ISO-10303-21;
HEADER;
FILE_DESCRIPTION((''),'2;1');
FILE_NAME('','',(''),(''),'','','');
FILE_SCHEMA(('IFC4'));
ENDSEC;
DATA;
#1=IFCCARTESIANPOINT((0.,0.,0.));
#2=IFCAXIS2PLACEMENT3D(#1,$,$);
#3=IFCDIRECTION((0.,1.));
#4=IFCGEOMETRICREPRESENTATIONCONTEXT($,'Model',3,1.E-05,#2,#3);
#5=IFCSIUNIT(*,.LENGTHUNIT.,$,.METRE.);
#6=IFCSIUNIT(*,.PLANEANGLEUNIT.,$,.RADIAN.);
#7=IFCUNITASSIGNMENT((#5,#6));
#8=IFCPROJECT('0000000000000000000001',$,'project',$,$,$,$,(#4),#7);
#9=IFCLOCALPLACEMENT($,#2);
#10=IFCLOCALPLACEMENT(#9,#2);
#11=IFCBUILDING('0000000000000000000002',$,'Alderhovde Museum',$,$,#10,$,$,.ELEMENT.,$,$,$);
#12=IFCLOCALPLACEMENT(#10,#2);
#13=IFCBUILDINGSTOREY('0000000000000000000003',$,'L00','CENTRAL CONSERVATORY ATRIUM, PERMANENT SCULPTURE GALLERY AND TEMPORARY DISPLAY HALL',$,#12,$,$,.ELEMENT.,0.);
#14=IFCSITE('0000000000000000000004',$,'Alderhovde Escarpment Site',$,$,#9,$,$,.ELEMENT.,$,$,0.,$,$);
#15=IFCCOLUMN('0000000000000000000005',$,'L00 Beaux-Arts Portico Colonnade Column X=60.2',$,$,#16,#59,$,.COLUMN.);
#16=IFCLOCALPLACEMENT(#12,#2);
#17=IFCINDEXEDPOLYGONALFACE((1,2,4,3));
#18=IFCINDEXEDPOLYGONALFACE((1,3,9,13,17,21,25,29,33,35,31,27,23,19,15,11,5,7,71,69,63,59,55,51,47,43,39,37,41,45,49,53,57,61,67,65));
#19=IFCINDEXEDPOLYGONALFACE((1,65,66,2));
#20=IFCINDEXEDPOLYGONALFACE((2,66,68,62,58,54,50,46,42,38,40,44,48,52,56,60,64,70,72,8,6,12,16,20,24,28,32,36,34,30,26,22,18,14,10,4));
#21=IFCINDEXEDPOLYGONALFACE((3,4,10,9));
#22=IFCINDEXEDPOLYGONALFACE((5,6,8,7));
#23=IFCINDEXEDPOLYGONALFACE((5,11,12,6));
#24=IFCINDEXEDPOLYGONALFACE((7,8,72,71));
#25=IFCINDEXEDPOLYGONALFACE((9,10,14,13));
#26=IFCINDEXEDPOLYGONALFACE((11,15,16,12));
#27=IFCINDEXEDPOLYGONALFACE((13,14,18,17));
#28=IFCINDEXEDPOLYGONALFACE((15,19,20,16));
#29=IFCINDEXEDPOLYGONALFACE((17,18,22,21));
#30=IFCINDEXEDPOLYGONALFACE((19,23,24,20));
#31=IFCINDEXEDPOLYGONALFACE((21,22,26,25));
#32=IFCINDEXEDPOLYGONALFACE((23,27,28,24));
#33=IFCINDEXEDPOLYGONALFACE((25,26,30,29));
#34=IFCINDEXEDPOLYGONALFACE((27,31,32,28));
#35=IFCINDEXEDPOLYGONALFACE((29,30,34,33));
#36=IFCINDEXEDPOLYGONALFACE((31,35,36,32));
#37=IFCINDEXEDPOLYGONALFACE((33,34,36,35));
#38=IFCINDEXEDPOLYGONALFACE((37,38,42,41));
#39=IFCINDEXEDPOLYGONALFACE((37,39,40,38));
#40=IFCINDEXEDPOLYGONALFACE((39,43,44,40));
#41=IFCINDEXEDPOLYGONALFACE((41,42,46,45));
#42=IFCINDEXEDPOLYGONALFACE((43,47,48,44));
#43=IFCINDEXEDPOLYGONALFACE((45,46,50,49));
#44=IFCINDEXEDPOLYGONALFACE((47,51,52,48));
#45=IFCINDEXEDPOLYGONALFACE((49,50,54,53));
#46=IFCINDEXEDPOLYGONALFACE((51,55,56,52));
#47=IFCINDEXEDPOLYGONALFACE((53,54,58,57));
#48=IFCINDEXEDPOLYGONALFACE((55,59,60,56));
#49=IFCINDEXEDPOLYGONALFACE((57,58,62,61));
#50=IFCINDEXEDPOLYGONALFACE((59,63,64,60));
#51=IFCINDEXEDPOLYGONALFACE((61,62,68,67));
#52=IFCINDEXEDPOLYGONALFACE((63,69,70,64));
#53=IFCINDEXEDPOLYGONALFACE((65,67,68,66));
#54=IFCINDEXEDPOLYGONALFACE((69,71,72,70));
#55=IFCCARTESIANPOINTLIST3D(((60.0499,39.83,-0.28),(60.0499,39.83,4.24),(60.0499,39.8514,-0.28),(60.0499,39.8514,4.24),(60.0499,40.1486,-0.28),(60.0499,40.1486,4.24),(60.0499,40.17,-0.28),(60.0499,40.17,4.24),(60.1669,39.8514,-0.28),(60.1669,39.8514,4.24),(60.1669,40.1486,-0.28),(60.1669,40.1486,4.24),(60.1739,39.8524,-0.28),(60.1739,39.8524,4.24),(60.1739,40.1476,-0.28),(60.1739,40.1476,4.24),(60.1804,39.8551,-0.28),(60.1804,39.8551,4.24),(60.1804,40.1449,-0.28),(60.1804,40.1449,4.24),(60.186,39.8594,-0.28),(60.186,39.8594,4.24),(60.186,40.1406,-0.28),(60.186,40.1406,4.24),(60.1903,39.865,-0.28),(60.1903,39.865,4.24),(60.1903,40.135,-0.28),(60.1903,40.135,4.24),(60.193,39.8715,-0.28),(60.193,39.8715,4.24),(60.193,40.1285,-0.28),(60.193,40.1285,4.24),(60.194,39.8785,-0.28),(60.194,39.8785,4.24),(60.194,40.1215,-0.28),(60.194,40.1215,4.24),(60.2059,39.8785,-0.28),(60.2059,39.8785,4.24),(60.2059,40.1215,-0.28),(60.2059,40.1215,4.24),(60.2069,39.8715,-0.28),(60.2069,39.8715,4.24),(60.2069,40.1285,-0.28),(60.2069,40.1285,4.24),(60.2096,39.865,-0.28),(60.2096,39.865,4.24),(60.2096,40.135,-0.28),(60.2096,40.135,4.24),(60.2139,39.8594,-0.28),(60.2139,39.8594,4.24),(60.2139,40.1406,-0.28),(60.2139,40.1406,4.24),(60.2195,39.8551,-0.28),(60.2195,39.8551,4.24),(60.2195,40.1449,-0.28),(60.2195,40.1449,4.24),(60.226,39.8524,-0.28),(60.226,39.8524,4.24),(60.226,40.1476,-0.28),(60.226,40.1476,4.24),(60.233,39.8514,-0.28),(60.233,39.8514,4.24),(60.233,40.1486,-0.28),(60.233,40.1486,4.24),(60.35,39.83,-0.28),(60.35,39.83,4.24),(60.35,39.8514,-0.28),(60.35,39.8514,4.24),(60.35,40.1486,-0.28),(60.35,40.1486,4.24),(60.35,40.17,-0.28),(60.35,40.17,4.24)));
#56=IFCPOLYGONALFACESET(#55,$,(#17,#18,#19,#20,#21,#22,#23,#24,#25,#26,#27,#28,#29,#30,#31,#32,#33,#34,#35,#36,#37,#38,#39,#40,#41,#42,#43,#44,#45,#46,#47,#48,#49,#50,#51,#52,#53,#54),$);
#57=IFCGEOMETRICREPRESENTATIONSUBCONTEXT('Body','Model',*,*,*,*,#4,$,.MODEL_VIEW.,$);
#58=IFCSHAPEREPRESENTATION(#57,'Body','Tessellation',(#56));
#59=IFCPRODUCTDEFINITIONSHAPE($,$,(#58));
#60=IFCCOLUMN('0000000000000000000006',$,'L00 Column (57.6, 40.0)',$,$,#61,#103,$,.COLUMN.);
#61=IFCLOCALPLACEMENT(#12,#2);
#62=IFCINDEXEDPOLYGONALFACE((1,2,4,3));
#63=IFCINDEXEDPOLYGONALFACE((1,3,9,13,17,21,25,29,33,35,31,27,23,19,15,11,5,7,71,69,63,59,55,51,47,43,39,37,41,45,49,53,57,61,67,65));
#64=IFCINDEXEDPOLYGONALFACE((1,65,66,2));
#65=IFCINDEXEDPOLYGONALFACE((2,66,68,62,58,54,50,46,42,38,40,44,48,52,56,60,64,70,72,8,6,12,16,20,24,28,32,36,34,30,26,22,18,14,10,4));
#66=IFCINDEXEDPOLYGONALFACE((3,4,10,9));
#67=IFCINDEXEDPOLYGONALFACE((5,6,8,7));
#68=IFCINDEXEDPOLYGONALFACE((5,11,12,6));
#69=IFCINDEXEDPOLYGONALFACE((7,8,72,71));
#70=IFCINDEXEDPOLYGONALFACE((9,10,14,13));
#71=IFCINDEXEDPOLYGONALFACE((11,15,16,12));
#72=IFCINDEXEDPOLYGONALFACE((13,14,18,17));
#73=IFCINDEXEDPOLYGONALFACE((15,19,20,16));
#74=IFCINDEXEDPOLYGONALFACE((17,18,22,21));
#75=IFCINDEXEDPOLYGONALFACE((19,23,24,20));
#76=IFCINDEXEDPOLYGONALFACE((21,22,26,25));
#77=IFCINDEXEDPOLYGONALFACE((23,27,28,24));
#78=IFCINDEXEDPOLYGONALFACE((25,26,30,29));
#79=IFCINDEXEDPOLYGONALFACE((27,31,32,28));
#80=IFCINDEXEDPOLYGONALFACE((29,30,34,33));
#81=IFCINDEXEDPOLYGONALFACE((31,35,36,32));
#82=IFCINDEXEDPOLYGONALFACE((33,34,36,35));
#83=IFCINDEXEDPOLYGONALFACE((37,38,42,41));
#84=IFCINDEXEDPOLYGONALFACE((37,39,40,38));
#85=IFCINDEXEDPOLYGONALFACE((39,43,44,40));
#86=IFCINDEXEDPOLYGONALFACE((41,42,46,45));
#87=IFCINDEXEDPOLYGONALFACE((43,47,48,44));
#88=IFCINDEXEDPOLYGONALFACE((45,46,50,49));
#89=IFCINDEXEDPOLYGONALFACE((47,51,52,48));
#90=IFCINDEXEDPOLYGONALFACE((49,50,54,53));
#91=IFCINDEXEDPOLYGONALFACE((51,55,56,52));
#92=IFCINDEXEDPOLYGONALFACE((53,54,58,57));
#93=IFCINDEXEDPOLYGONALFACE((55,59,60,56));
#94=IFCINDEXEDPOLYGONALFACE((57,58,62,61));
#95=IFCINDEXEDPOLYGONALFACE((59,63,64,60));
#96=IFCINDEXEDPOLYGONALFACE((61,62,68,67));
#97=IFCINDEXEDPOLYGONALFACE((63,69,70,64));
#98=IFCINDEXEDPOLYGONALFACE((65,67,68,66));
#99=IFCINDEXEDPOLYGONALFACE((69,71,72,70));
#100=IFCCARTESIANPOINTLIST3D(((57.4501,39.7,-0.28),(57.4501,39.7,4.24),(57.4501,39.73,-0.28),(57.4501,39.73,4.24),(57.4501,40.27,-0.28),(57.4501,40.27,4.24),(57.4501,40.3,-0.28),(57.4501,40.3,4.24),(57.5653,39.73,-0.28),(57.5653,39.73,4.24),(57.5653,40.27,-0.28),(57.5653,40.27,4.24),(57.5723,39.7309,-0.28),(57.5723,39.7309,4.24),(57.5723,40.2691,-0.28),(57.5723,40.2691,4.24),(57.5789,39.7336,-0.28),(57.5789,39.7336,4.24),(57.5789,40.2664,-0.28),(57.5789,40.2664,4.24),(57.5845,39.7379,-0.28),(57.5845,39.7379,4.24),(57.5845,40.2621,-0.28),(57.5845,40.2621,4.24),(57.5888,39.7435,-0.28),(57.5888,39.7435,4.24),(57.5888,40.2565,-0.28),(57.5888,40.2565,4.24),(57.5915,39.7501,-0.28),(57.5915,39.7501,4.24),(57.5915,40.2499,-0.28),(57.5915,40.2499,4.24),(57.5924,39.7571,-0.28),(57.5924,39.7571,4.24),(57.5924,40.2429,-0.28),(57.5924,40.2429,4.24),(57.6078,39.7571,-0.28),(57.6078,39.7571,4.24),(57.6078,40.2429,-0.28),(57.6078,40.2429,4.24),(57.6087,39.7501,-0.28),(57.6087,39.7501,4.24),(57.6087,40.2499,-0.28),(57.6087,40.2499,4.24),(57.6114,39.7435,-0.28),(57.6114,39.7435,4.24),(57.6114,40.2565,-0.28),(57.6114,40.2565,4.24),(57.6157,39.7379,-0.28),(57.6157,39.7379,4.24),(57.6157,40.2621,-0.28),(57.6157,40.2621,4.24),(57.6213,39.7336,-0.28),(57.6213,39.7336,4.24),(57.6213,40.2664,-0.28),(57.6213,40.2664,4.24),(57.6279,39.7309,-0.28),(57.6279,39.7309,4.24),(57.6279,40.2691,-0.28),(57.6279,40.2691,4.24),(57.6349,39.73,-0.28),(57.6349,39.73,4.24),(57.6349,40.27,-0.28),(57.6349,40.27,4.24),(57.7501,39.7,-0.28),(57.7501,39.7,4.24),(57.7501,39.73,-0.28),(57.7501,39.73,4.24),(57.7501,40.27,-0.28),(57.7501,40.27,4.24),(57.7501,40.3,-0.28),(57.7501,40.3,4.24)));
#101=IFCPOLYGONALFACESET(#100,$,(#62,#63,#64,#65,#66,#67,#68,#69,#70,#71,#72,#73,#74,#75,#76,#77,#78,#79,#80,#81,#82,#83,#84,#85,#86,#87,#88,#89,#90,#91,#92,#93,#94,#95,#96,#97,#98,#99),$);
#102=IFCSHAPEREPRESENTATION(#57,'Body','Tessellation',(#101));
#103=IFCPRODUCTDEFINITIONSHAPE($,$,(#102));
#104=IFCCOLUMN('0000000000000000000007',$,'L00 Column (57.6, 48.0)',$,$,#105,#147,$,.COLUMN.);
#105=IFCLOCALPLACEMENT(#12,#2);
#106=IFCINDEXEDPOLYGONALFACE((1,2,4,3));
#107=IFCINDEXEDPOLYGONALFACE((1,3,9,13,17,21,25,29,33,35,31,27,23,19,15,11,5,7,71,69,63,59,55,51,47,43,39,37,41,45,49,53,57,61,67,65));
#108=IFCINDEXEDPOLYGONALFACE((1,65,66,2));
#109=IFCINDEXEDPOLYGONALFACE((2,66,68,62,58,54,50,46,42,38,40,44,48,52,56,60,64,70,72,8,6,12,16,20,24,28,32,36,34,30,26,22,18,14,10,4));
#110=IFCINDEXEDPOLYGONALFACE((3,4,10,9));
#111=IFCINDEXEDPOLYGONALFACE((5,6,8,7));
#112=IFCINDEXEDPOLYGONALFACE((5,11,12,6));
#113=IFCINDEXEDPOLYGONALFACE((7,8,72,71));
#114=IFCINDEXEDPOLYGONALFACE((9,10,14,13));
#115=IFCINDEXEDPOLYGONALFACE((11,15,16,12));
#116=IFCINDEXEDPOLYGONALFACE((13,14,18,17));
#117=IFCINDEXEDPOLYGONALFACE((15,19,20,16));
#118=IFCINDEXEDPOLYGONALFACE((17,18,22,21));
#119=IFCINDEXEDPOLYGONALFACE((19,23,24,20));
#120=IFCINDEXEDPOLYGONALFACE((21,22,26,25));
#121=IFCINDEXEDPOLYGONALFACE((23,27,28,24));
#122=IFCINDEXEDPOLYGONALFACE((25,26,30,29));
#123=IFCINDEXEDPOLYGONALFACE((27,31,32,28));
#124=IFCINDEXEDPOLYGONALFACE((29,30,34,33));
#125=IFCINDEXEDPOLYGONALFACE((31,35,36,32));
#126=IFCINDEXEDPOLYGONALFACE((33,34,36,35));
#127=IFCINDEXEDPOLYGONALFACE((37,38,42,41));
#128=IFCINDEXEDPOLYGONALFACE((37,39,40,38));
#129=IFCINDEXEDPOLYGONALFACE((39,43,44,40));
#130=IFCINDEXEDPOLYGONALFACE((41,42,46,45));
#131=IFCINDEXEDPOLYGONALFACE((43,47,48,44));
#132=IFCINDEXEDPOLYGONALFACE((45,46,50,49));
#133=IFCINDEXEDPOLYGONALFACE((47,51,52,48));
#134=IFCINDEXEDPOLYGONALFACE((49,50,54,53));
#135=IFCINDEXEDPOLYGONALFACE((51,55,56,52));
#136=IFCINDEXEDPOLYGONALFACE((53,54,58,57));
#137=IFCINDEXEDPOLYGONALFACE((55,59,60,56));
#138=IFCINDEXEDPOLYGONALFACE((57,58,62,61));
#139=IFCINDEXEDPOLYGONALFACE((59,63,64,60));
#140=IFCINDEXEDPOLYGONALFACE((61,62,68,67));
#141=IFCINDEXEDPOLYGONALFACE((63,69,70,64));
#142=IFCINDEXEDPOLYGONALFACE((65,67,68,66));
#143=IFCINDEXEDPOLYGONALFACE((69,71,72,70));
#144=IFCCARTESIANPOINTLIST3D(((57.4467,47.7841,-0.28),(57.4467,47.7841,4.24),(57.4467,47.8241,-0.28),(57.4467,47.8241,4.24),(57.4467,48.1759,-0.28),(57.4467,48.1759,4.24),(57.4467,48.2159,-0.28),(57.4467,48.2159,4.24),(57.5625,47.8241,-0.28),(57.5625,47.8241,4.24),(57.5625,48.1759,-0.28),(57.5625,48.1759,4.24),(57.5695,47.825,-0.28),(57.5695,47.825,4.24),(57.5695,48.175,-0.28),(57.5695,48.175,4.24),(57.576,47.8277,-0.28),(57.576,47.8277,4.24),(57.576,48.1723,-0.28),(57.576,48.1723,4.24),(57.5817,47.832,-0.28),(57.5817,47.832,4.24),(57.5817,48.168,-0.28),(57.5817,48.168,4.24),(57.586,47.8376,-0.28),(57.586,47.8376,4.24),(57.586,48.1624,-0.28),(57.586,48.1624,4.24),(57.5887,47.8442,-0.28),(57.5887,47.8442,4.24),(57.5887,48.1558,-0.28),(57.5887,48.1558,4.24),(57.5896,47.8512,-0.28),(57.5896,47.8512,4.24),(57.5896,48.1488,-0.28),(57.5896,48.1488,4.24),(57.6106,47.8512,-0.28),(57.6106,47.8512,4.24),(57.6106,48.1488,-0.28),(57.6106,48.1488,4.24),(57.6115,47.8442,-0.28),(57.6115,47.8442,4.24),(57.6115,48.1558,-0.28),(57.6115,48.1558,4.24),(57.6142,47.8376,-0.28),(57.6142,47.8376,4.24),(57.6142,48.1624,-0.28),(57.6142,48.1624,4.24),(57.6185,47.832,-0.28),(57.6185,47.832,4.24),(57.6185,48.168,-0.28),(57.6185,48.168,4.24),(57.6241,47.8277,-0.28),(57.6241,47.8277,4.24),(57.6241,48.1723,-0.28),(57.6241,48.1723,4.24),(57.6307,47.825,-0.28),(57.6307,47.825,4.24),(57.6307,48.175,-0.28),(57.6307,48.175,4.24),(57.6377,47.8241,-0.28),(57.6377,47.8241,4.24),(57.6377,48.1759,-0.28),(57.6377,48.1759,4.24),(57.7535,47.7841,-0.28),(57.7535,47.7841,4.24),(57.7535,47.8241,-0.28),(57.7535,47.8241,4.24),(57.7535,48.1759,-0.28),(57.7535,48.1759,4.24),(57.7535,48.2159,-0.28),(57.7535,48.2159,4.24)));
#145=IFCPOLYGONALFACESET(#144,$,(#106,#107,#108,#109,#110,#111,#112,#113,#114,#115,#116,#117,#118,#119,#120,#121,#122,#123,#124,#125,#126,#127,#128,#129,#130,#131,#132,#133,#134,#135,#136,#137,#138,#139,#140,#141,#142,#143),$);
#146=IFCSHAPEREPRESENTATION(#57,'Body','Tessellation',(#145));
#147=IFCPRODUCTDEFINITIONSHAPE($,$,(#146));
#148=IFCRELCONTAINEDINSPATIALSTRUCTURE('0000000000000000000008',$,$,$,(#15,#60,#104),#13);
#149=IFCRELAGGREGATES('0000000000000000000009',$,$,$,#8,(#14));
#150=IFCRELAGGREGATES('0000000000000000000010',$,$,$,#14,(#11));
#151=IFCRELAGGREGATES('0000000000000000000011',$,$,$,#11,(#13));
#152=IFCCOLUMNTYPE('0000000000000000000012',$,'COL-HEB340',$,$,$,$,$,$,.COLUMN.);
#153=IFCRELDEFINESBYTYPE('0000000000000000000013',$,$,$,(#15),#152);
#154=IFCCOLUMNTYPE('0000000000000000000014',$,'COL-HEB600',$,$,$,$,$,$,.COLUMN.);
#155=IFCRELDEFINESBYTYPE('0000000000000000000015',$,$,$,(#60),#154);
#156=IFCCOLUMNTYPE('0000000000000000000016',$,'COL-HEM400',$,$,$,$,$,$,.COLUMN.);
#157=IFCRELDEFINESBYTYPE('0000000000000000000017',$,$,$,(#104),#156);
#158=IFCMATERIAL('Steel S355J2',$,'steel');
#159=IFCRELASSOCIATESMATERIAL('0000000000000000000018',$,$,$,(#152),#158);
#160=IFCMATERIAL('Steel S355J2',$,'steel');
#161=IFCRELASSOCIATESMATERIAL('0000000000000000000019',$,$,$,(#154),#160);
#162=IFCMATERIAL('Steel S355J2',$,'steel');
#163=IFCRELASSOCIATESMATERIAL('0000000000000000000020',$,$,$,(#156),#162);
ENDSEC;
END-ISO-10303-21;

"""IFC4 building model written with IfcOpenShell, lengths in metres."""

from ifc_helpers import new_model, si_unit, direction, frame, origin, origin_2d, place, context, subcontext, project, spatial, i_section, extrude, material, material_profile, profile_set, type_object, element, save


model = new_model("IFC4")

# Units and contexts
model_context = context("Model", 3, precision=1e-05, world=origin(), true_north=direction((0.0, 1.0)))
body_context = subcontext(model_context, "Body", "Model", "MODEL_VIEW")
ifc_project = project(units=[si_unit("LENGTHUNIT", "METRE"), si_unit("PLANEANGLEUNIT", "RADIAN")], contexts=[model_context])

# Site, building, storey
site_placement = place(None, origin())
site = spatial("IfcSite", under=ifc_project, at=site_placement, Name="Alderhovde Escarpment Site", CompositionType="ELEMENT", RefElevation=0.0)
building_placement = place(site_placement, origin())
building = spatial("IfcBuilding", under=site, at=building_placement, Name="Alderhovde Museum", CompositionType="ELEMENT")
storey_placement = place(building_placement, origin())
storey = spatial("IfcBuildingStorey", under=building, at=storey_placement, Name="L00", Description="CENTRAL CONSERVATORY ATRIUM, PERMANENT SCULPTURE GALLERY AND TEMPORARY DISPLAY HALL", CompositionType="ELEMENT", Elevation=0.0)

# Columns
ifc_material_1 = material(Name="Steel S355J2", Category="steel")
ifc_material_profile_1 = material_profile(ifc_material_1, i_section(OverallWidth=0.3, OverallDepth=0.3401, WebThickness=0.012, FlangeThickness=0.0215, FilletRadius=0.0271, at=origin_2d()), Name="HEB 340")
ifc_profile_set_1 = profile_set([ifc_material_profile_1], Name="Steel S355J2")
column_type_1 = type_object("IfcColumnType", Name="COL-HEB340", PredefinedType="COLUMN", material=ifc_profile_set_1)
column_1_placement = place(storey_placement, frame((60.2, 40.0, -0.28), z_axis=(0.0, 0.0, 1.0), x_axis=(1.0, 0.0, 0.0)))
element("IfcColumn", 1, at=column_1_placement, inside=storey, type_object=column_type_1, Name="L00 Beaux-Arts Portico Colonnade Column X=60.2", PredefinedType="COLUMN", context=body_context, shape_type="SweptSolid", body=[
    extrude(i_section(OverallWidth=0.3, OverallDepth=0.3401, WebThickness=0.012, FlangeThickness=0.0215, FilletRadius=0.0271, at=origin_2d()), origin(), (0.0, 0.0, 1.0), 4.52),
])
ifc_material_2 = material(Name="Steel S355J2", Category="steel")
ifc_material_profile_2 = material_profile(ifc_material_2, i_section(OverallWidth=0.3, OverallDepth=0.6001, WebThickness=0.0154, FlangeThickness=0.03, FilletRadius=0.0271, at=origin_2d()), Name="HEB 600")
ifc_profile_set_2 = profile_set([ifc_material_profile_2], Name="Steel S355J2")
column_type_2 = type_object("IfcColumnType", Name="COL-HEB600", PredefinedType="COLUMN", material=ifc_profile_set_2)
column_2_placement = place(storey_placement, frame((57.6001, 40.0, -0.28), z_axis=(0.0, 0.0, 1.0), x_axis=(1.0, 0.0, 0.0)))
element("IfcColumn", 2, at=column_2_placement, inside=storey, type_object=column_type_2, Name="L00 Column (57.6, 40.0)", PredefinedType="COLUMN", context=body_context, shape_type="SweptSolid", body=[
    extrude(i_section(OverallWidth=0.3, OverallDepth=0.6001, WebThickness=0.0154, FlangeThickness=0.03, FilletRadius=0.0271, at=origin_2d()), origin(), (0.0, 0.0, 1.0), 4.52),
])
ifc_material_3 = material(Name="Steel S355J2", Category="steel")
ifc_material_profile_3 = material_profile(ifc_material_3, i_section(OverallWidth=0.3069, OverallDepth=0.4319, WebThickness=0.021, FlangeThickness=0.04, FilletRadius=0.0271, at=origin_2d()), Name="HEM 400")
ifc_profile_set_3 = profile_set([ifc_material_profile_3], Name="Steel S355J2")
column_type_3 = type_object("IfcColumnType", Name="COL-HEM400", PredefinedType="COLUMN", material=ifc_profile_set_3)
column_3_placement = place(storey_placement, frame((57.6001, 48.0, -0.28), z_axis=(0.0, 0.0, 1.0), x_axis=(1.0, 0.0, 0.0)))
element("IfcColumn", 3, at=column_3_placement, inside=storey, type_object=column_type_3, Name="L00 Column (57.6, 48.0)", PredefinedType="COLUMN", context=body_context, shape_type="SweptSolid", body=[
    extrude(i_section(OverallWidth=0.3069, OverallDepth=0.4319, WebThickness=0.021, FlangeThickness=0.04, FilletRadius=0.0271, at=origin_2d()), origin(), (0.0, 0.0, 1.0), 4.52),
])

save(model, "model.ifc")
